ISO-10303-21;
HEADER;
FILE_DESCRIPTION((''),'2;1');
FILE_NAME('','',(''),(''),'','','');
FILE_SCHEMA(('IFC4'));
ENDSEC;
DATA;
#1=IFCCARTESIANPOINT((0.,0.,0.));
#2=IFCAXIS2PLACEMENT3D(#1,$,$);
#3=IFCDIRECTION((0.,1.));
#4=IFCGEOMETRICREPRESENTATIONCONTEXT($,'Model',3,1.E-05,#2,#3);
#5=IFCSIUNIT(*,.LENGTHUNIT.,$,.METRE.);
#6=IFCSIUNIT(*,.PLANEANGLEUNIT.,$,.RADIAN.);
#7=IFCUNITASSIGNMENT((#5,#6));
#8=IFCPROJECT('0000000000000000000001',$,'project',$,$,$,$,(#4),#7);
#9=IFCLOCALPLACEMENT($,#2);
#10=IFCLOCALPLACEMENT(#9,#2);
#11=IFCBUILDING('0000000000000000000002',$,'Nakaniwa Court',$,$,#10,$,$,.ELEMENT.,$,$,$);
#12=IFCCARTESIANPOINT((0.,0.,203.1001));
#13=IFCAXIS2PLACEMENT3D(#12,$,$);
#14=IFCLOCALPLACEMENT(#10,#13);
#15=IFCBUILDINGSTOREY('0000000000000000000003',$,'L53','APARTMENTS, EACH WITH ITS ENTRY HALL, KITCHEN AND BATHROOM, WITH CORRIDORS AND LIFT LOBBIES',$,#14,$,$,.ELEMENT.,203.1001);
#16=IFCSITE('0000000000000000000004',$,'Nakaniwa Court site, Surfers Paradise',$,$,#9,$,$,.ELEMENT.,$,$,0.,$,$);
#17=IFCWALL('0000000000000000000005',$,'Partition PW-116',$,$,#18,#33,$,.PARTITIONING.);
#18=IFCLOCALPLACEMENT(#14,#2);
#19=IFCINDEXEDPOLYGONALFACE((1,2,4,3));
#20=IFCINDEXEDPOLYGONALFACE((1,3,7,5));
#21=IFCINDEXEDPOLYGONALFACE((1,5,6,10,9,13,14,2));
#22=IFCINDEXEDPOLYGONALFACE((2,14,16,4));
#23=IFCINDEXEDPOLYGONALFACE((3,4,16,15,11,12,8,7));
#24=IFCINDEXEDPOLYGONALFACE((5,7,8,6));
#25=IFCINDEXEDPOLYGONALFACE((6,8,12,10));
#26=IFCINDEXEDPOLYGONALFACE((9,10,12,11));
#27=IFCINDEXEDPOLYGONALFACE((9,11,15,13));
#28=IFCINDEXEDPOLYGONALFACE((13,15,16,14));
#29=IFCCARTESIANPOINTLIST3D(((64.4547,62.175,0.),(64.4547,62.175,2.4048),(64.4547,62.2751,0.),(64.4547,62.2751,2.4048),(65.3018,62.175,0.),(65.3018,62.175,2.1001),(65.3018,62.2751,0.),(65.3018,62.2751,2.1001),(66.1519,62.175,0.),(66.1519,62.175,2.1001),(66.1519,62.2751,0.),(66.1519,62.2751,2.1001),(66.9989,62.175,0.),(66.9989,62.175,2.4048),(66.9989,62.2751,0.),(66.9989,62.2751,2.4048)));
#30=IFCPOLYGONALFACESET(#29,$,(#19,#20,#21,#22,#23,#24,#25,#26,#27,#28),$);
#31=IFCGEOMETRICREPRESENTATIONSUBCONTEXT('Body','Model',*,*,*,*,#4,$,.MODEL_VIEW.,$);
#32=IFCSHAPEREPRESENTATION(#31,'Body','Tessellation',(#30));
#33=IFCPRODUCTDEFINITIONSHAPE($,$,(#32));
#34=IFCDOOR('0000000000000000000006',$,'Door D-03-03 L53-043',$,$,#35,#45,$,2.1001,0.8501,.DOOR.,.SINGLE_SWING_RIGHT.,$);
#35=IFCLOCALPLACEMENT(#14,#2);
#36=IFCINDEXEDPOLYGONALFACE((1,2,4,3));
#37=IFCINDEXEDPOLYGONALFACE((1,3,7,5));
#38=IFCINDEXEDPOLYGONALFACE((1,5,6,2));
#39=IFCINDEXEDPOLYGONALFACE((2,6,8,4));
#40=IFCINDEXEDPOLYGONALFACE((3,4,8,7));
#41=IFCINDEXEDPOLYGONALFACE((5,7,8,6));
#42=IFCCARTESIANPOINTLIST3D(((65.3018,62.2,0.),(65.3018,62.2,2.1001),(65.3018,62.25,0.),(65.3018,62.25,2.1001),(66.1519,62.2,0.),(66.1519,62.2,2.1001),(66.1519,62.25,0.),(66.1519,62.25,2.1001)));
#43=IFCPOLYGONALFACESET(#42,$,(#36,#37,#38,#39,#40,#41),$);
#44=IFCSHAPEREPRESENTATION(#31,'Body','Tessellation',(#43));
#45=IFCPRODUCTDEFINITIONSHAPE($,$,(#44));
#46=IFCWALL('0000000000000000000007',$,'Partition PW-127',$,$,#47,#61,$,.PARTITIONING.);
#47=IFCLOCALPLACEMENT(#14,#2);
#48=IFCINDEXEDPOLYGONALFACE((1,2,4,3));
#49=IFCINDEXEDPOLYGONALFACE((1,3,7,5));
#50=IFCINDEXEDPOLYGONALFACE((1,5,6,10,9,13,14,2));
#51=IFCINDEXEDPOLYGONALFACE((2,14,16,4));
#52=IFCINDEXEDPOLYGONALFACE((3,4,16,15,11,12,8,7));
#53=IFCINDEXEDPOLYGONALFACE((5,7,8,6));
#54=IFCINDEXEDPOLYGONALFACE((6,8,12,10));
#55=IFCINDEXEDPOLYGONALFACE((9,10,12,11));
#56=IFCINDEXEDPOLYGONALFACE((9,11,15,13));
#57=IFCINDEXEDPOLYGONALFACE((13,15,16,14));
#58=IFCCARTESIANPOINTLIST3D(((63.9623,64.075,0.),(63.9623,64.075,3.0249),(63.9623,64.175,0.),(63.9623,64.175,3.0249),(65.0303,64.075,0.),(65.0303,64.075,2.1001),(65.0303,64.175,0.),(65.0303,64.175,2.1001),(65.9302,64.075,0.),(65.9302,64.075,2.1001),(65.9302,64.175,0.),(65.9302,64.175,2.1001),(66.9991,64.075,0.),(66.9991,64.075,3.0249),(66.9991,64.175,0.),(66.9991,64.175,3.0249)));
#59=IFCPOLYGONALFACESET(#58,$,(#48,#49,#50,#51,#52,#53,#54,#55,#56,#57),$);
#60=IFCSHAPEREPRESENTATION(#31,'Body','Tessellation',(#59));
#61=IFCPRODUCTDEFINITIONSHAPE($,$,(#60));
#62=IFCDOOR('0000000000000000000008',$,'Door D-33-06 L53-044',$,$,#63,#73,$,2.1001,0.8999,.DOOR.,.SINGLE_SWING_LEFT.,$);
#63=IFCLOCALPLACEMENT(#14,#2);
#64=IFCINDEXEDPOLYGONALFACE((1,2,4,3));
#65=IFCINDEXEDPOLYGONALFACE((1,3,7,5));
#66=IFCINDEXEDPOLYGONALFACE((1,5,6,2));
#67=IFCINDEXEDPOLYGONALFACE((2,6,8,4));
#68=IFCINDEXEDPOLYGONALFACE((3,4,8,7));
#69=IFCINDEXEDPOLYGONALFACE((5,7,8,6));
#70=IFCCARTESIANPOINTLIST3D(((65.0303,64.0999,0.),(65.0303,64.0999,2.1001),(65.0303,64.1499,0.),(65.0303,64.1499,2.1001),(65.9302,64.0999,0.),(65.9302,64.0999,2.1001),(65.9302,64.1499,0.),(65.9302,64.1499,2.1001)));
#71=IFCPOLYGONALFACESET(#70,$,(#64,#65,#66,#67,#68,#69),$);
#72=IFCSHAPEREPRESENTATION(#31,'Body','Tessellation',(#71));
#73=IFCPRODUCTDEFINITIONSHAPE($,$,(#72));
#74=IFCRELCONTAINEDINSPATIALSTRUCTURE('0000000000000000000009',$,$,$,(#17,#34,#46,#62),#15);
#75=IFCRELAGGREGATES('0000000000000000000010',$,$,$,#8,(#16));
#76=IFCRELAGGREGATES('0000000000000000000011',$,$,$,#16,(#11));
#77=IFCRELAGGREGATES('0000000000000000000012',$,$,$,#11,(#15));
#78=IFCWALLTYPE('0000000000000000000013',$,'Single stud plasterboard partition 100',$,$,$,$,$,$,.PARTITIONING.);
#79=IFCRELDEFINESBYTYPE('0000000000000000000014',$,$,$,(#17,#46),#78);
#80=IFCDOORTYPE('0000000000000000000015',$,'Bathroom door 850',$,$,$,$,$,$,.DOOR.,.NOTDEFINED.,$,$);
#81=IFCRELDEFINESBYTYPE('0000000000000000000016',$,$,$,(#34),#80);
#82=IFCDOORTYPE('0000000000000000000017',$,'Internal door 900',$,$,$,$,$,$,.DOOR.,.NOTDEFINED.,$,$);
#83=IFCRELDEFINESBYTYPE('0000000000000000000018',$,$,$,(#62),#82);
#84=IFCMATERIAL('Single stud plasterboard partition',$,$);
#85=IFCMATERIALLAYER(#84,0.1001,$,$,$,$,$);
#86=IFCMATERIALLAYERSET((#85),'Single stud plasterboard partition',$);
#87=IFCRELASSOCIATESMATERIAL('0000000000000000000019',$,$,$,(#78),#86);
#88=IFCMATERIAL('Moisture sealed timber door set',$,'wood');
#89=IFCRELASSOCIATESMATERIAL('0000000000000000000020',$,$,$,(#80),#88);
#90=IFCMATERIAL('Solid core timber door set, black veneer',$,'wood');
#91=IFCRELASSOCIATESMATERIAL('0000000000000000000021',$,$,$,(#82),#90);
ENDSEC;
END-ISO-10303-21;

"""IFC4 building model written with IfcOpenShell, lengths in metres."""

from ifc_helpers import new_model, si_unit, direction, frame, frame_2d, origin, place, context, subcontext, project, spatial, rectangle, extrude, material, layer, layer_set, type_object, element, fill, save


model = new_model("IFC4")

# Units and contexts
model_context = context("Model", 3, precision=1e-05, world=origin(), true_north=direction((0.0, 1.0)))
body_context = subcontext(model_context, "Body", "Model", "MODEL_VIEW")
ifc_project = project(units=[si_unit("LENGTHUNIT", "METRE"), si_unit("PLANEANGLEUNIT", "RADIAN")], contexts=[model_context])

# Site, building, storey
site_placement = place(None, origin())
site = spatial("IfcSite", under=ifc_project, at=site_placement, Name="Nakaniwa Court site, Surfers Paradise", CompositionType="ELEMENT", RefElevation=0.0)
building_placement = place(site_placement, origin())
building = spatial("IfcBuilding", under=site, at=building_placement, Name="Nakaniwa Court", CompositionType="ELEMENT")
storey_placement = place(building_placement, frame((0.0, 0.0, 203.1001)))
storey = spatial("IfcBuildingStorey", under=building, at=storey_placement, Name="L53", Description="APARTMENTS, EACH WITH ITS ENTRY HALL, KITCHEN AND BATHROOM, WITH CORRIDORS AND LIFT LOBBIES", CompositionType="ELEMENT", Elevation=203.1001)

# Shared definitions
ifc_material_1 = material(Name="Solid core timber door set, black veneer", Category="wood")

# Walls, openings, doors
ifc_material_2 = material(Name="Single stud plasterboard partition")
ifc_layer_1 = layer(ifc_material_2, 0.1001)
ifc_layer_set_1 = layer_set([ifc_layer_1], Name="Single stud plasterboard partition")
wall_type_1 = type_object("IfcWallType", Name="Single stud plasterboard partition 100", PredefinedType="PARTITIONING", material=ifc_layer_set_1)
wall_1_placement = place(storey_placement, frame((64.4548, 62.2251, 0.0), z_axis=(0.0, 0.0, 1.0), x_axis=(1.0, 0.0, 0.0)))
wall_1 = element("IfcWall", 1, at=wall_1_placement, inside=storey, type_object=wall_type_1, Name="Partition PW-116", PredefinedType="PARTITIONING", context=body_context, shape_type="SweptSolid", body=[
    extrude(rectangle(XDim=2.5442, YDim=0.1001, at=frame_2d((1.272, 0.0))), origin(), (0.0, 0.0, 1.0), 2.4048),
])
opening_1_placement = place(wall_1_placement, frame((0.8469, 0.0, 0.0)))
opening_1 = element("IfcOpeningElement", 2, at=opening_1_placement, cuts=wall_1, PredefinedType="OPENING", context=body_context, shape_type="SweptSolid", body=[
    extrude(rectangle(XDim=0.8501, YDim=2.1001, at=frame_2d((0.425, 1.05))), frame((0.0, 0.0601, 0.0), z_axis=(0.0, -1.0, 0.0), x_axis=(1.0, 0.0, 0.0)), (0.0, 0.0, 1.0), 0.1201),
])
ifc_material_3 = material(Name="Moisture sealed timber door set", Category="wood")
door_type_1 = type_object("IfcDoorType", Name="Bathroom door 850", OperationType="NOTDEFINED", PredefinedType="DOOR", material=ifc_material_3)
door_1_placement = place(opening_1_placement, origin())
door_1 = element("IfcDoor", 3, at=door_1_placement, inside=storey, type_object=door_type_1, Name="Door D-03-03 L53-043", OperationType="SINGLE_SWING_RIGHT", OverallHeight=2.1001, OverallWidth=0.8501, PredefinedType="DOOR", context=body_context, shape_type="SweptSolid", body=[
    extrude(rectangle(XDim=0.8501, YDim=2.1001, at=frame_2d((0.425, 1.05))), frame((0.0, 0.0249, 0.0), z_axis=(0.0, -1.0, 0.0), x_axis=(1.0, 0.0, 0.0)), (0.0, 0.0, 1.0), 0.05),
])
fill(opening_1, door_1)
wall_2_placement = place(storey_placement, frame((63.9622, 64.125, 0.0), z_axis=(0.0, 0.0, 1.0), x_axis=(1.0, 0.0, 0.0)))
wall_2 = element("IfcWall", 4, at=wall_2_placement, inside=storey, type_object=wall_type_1, Name="Partition PW-127", PredefinedType="PARTITIONING", context=body_context, shape_type="SweptSolid", body=[
    extrude(rectangle(XDim=3.0369, YDim=0.1001, at=frame_2d((1.5186, 0.0))), origin(), (0.0, 0.0, 1.0), 3.0249),
])
opening_2_placement = place(wall_2_placement, frame((1.0681, 0.0, 0.0)))
opening_2 = element("IfcOpeningElement", 5, at=opening_2_placement, cuts=wall_2, PredefinedType="OPENING", context=body_context, shape_type="SweptSolid", body=[
    extrude(rectangle(XDim=0.8999, YDim=2.1001, at=frame_2d((0.45, 1.05))), frame((0.0, 0.0601, 0.0), z_axis=(0.0, -1.0, 0.0), x_axis=(1.0, 0.0, 0.0)), (0.0, 0.0, 1.0), 0.1201),
])
door_type_2 = type_object("IfcDoorType", Name="Internal door 900", OperationType="NOTDEFINED", PredefinedType="DOOR", material=ifc_material_1)
door_2_placement = place(opening_2_placement, origin())
door_2 = element("IfcDoor", 6, at=door_2_placement, inside=storey, type_object=door_type_2, Name="Door D-33-06 L53-044", OperationType="SINGLE_SWING_LEFT", OverallHeight=2.1001, OverallWidth=0.8999, PredefinedType="DOOR", context=body_context, shape_type="SweptSolid", body=[
    extrude(rectangle(XDim=0.8999, YDim=2.1001, at=frame_2d((0.45, 1.05))), frame((0.0, 0.0249, 0.0), z_axis=(0.0, -1.0, 0.0), x_axis=(1.0, 0.0, 0.0)), (0.0, 0.0, 1.0), 0.05),
])
fill(opening_2, door_2)

save(model, "model.ifc")
